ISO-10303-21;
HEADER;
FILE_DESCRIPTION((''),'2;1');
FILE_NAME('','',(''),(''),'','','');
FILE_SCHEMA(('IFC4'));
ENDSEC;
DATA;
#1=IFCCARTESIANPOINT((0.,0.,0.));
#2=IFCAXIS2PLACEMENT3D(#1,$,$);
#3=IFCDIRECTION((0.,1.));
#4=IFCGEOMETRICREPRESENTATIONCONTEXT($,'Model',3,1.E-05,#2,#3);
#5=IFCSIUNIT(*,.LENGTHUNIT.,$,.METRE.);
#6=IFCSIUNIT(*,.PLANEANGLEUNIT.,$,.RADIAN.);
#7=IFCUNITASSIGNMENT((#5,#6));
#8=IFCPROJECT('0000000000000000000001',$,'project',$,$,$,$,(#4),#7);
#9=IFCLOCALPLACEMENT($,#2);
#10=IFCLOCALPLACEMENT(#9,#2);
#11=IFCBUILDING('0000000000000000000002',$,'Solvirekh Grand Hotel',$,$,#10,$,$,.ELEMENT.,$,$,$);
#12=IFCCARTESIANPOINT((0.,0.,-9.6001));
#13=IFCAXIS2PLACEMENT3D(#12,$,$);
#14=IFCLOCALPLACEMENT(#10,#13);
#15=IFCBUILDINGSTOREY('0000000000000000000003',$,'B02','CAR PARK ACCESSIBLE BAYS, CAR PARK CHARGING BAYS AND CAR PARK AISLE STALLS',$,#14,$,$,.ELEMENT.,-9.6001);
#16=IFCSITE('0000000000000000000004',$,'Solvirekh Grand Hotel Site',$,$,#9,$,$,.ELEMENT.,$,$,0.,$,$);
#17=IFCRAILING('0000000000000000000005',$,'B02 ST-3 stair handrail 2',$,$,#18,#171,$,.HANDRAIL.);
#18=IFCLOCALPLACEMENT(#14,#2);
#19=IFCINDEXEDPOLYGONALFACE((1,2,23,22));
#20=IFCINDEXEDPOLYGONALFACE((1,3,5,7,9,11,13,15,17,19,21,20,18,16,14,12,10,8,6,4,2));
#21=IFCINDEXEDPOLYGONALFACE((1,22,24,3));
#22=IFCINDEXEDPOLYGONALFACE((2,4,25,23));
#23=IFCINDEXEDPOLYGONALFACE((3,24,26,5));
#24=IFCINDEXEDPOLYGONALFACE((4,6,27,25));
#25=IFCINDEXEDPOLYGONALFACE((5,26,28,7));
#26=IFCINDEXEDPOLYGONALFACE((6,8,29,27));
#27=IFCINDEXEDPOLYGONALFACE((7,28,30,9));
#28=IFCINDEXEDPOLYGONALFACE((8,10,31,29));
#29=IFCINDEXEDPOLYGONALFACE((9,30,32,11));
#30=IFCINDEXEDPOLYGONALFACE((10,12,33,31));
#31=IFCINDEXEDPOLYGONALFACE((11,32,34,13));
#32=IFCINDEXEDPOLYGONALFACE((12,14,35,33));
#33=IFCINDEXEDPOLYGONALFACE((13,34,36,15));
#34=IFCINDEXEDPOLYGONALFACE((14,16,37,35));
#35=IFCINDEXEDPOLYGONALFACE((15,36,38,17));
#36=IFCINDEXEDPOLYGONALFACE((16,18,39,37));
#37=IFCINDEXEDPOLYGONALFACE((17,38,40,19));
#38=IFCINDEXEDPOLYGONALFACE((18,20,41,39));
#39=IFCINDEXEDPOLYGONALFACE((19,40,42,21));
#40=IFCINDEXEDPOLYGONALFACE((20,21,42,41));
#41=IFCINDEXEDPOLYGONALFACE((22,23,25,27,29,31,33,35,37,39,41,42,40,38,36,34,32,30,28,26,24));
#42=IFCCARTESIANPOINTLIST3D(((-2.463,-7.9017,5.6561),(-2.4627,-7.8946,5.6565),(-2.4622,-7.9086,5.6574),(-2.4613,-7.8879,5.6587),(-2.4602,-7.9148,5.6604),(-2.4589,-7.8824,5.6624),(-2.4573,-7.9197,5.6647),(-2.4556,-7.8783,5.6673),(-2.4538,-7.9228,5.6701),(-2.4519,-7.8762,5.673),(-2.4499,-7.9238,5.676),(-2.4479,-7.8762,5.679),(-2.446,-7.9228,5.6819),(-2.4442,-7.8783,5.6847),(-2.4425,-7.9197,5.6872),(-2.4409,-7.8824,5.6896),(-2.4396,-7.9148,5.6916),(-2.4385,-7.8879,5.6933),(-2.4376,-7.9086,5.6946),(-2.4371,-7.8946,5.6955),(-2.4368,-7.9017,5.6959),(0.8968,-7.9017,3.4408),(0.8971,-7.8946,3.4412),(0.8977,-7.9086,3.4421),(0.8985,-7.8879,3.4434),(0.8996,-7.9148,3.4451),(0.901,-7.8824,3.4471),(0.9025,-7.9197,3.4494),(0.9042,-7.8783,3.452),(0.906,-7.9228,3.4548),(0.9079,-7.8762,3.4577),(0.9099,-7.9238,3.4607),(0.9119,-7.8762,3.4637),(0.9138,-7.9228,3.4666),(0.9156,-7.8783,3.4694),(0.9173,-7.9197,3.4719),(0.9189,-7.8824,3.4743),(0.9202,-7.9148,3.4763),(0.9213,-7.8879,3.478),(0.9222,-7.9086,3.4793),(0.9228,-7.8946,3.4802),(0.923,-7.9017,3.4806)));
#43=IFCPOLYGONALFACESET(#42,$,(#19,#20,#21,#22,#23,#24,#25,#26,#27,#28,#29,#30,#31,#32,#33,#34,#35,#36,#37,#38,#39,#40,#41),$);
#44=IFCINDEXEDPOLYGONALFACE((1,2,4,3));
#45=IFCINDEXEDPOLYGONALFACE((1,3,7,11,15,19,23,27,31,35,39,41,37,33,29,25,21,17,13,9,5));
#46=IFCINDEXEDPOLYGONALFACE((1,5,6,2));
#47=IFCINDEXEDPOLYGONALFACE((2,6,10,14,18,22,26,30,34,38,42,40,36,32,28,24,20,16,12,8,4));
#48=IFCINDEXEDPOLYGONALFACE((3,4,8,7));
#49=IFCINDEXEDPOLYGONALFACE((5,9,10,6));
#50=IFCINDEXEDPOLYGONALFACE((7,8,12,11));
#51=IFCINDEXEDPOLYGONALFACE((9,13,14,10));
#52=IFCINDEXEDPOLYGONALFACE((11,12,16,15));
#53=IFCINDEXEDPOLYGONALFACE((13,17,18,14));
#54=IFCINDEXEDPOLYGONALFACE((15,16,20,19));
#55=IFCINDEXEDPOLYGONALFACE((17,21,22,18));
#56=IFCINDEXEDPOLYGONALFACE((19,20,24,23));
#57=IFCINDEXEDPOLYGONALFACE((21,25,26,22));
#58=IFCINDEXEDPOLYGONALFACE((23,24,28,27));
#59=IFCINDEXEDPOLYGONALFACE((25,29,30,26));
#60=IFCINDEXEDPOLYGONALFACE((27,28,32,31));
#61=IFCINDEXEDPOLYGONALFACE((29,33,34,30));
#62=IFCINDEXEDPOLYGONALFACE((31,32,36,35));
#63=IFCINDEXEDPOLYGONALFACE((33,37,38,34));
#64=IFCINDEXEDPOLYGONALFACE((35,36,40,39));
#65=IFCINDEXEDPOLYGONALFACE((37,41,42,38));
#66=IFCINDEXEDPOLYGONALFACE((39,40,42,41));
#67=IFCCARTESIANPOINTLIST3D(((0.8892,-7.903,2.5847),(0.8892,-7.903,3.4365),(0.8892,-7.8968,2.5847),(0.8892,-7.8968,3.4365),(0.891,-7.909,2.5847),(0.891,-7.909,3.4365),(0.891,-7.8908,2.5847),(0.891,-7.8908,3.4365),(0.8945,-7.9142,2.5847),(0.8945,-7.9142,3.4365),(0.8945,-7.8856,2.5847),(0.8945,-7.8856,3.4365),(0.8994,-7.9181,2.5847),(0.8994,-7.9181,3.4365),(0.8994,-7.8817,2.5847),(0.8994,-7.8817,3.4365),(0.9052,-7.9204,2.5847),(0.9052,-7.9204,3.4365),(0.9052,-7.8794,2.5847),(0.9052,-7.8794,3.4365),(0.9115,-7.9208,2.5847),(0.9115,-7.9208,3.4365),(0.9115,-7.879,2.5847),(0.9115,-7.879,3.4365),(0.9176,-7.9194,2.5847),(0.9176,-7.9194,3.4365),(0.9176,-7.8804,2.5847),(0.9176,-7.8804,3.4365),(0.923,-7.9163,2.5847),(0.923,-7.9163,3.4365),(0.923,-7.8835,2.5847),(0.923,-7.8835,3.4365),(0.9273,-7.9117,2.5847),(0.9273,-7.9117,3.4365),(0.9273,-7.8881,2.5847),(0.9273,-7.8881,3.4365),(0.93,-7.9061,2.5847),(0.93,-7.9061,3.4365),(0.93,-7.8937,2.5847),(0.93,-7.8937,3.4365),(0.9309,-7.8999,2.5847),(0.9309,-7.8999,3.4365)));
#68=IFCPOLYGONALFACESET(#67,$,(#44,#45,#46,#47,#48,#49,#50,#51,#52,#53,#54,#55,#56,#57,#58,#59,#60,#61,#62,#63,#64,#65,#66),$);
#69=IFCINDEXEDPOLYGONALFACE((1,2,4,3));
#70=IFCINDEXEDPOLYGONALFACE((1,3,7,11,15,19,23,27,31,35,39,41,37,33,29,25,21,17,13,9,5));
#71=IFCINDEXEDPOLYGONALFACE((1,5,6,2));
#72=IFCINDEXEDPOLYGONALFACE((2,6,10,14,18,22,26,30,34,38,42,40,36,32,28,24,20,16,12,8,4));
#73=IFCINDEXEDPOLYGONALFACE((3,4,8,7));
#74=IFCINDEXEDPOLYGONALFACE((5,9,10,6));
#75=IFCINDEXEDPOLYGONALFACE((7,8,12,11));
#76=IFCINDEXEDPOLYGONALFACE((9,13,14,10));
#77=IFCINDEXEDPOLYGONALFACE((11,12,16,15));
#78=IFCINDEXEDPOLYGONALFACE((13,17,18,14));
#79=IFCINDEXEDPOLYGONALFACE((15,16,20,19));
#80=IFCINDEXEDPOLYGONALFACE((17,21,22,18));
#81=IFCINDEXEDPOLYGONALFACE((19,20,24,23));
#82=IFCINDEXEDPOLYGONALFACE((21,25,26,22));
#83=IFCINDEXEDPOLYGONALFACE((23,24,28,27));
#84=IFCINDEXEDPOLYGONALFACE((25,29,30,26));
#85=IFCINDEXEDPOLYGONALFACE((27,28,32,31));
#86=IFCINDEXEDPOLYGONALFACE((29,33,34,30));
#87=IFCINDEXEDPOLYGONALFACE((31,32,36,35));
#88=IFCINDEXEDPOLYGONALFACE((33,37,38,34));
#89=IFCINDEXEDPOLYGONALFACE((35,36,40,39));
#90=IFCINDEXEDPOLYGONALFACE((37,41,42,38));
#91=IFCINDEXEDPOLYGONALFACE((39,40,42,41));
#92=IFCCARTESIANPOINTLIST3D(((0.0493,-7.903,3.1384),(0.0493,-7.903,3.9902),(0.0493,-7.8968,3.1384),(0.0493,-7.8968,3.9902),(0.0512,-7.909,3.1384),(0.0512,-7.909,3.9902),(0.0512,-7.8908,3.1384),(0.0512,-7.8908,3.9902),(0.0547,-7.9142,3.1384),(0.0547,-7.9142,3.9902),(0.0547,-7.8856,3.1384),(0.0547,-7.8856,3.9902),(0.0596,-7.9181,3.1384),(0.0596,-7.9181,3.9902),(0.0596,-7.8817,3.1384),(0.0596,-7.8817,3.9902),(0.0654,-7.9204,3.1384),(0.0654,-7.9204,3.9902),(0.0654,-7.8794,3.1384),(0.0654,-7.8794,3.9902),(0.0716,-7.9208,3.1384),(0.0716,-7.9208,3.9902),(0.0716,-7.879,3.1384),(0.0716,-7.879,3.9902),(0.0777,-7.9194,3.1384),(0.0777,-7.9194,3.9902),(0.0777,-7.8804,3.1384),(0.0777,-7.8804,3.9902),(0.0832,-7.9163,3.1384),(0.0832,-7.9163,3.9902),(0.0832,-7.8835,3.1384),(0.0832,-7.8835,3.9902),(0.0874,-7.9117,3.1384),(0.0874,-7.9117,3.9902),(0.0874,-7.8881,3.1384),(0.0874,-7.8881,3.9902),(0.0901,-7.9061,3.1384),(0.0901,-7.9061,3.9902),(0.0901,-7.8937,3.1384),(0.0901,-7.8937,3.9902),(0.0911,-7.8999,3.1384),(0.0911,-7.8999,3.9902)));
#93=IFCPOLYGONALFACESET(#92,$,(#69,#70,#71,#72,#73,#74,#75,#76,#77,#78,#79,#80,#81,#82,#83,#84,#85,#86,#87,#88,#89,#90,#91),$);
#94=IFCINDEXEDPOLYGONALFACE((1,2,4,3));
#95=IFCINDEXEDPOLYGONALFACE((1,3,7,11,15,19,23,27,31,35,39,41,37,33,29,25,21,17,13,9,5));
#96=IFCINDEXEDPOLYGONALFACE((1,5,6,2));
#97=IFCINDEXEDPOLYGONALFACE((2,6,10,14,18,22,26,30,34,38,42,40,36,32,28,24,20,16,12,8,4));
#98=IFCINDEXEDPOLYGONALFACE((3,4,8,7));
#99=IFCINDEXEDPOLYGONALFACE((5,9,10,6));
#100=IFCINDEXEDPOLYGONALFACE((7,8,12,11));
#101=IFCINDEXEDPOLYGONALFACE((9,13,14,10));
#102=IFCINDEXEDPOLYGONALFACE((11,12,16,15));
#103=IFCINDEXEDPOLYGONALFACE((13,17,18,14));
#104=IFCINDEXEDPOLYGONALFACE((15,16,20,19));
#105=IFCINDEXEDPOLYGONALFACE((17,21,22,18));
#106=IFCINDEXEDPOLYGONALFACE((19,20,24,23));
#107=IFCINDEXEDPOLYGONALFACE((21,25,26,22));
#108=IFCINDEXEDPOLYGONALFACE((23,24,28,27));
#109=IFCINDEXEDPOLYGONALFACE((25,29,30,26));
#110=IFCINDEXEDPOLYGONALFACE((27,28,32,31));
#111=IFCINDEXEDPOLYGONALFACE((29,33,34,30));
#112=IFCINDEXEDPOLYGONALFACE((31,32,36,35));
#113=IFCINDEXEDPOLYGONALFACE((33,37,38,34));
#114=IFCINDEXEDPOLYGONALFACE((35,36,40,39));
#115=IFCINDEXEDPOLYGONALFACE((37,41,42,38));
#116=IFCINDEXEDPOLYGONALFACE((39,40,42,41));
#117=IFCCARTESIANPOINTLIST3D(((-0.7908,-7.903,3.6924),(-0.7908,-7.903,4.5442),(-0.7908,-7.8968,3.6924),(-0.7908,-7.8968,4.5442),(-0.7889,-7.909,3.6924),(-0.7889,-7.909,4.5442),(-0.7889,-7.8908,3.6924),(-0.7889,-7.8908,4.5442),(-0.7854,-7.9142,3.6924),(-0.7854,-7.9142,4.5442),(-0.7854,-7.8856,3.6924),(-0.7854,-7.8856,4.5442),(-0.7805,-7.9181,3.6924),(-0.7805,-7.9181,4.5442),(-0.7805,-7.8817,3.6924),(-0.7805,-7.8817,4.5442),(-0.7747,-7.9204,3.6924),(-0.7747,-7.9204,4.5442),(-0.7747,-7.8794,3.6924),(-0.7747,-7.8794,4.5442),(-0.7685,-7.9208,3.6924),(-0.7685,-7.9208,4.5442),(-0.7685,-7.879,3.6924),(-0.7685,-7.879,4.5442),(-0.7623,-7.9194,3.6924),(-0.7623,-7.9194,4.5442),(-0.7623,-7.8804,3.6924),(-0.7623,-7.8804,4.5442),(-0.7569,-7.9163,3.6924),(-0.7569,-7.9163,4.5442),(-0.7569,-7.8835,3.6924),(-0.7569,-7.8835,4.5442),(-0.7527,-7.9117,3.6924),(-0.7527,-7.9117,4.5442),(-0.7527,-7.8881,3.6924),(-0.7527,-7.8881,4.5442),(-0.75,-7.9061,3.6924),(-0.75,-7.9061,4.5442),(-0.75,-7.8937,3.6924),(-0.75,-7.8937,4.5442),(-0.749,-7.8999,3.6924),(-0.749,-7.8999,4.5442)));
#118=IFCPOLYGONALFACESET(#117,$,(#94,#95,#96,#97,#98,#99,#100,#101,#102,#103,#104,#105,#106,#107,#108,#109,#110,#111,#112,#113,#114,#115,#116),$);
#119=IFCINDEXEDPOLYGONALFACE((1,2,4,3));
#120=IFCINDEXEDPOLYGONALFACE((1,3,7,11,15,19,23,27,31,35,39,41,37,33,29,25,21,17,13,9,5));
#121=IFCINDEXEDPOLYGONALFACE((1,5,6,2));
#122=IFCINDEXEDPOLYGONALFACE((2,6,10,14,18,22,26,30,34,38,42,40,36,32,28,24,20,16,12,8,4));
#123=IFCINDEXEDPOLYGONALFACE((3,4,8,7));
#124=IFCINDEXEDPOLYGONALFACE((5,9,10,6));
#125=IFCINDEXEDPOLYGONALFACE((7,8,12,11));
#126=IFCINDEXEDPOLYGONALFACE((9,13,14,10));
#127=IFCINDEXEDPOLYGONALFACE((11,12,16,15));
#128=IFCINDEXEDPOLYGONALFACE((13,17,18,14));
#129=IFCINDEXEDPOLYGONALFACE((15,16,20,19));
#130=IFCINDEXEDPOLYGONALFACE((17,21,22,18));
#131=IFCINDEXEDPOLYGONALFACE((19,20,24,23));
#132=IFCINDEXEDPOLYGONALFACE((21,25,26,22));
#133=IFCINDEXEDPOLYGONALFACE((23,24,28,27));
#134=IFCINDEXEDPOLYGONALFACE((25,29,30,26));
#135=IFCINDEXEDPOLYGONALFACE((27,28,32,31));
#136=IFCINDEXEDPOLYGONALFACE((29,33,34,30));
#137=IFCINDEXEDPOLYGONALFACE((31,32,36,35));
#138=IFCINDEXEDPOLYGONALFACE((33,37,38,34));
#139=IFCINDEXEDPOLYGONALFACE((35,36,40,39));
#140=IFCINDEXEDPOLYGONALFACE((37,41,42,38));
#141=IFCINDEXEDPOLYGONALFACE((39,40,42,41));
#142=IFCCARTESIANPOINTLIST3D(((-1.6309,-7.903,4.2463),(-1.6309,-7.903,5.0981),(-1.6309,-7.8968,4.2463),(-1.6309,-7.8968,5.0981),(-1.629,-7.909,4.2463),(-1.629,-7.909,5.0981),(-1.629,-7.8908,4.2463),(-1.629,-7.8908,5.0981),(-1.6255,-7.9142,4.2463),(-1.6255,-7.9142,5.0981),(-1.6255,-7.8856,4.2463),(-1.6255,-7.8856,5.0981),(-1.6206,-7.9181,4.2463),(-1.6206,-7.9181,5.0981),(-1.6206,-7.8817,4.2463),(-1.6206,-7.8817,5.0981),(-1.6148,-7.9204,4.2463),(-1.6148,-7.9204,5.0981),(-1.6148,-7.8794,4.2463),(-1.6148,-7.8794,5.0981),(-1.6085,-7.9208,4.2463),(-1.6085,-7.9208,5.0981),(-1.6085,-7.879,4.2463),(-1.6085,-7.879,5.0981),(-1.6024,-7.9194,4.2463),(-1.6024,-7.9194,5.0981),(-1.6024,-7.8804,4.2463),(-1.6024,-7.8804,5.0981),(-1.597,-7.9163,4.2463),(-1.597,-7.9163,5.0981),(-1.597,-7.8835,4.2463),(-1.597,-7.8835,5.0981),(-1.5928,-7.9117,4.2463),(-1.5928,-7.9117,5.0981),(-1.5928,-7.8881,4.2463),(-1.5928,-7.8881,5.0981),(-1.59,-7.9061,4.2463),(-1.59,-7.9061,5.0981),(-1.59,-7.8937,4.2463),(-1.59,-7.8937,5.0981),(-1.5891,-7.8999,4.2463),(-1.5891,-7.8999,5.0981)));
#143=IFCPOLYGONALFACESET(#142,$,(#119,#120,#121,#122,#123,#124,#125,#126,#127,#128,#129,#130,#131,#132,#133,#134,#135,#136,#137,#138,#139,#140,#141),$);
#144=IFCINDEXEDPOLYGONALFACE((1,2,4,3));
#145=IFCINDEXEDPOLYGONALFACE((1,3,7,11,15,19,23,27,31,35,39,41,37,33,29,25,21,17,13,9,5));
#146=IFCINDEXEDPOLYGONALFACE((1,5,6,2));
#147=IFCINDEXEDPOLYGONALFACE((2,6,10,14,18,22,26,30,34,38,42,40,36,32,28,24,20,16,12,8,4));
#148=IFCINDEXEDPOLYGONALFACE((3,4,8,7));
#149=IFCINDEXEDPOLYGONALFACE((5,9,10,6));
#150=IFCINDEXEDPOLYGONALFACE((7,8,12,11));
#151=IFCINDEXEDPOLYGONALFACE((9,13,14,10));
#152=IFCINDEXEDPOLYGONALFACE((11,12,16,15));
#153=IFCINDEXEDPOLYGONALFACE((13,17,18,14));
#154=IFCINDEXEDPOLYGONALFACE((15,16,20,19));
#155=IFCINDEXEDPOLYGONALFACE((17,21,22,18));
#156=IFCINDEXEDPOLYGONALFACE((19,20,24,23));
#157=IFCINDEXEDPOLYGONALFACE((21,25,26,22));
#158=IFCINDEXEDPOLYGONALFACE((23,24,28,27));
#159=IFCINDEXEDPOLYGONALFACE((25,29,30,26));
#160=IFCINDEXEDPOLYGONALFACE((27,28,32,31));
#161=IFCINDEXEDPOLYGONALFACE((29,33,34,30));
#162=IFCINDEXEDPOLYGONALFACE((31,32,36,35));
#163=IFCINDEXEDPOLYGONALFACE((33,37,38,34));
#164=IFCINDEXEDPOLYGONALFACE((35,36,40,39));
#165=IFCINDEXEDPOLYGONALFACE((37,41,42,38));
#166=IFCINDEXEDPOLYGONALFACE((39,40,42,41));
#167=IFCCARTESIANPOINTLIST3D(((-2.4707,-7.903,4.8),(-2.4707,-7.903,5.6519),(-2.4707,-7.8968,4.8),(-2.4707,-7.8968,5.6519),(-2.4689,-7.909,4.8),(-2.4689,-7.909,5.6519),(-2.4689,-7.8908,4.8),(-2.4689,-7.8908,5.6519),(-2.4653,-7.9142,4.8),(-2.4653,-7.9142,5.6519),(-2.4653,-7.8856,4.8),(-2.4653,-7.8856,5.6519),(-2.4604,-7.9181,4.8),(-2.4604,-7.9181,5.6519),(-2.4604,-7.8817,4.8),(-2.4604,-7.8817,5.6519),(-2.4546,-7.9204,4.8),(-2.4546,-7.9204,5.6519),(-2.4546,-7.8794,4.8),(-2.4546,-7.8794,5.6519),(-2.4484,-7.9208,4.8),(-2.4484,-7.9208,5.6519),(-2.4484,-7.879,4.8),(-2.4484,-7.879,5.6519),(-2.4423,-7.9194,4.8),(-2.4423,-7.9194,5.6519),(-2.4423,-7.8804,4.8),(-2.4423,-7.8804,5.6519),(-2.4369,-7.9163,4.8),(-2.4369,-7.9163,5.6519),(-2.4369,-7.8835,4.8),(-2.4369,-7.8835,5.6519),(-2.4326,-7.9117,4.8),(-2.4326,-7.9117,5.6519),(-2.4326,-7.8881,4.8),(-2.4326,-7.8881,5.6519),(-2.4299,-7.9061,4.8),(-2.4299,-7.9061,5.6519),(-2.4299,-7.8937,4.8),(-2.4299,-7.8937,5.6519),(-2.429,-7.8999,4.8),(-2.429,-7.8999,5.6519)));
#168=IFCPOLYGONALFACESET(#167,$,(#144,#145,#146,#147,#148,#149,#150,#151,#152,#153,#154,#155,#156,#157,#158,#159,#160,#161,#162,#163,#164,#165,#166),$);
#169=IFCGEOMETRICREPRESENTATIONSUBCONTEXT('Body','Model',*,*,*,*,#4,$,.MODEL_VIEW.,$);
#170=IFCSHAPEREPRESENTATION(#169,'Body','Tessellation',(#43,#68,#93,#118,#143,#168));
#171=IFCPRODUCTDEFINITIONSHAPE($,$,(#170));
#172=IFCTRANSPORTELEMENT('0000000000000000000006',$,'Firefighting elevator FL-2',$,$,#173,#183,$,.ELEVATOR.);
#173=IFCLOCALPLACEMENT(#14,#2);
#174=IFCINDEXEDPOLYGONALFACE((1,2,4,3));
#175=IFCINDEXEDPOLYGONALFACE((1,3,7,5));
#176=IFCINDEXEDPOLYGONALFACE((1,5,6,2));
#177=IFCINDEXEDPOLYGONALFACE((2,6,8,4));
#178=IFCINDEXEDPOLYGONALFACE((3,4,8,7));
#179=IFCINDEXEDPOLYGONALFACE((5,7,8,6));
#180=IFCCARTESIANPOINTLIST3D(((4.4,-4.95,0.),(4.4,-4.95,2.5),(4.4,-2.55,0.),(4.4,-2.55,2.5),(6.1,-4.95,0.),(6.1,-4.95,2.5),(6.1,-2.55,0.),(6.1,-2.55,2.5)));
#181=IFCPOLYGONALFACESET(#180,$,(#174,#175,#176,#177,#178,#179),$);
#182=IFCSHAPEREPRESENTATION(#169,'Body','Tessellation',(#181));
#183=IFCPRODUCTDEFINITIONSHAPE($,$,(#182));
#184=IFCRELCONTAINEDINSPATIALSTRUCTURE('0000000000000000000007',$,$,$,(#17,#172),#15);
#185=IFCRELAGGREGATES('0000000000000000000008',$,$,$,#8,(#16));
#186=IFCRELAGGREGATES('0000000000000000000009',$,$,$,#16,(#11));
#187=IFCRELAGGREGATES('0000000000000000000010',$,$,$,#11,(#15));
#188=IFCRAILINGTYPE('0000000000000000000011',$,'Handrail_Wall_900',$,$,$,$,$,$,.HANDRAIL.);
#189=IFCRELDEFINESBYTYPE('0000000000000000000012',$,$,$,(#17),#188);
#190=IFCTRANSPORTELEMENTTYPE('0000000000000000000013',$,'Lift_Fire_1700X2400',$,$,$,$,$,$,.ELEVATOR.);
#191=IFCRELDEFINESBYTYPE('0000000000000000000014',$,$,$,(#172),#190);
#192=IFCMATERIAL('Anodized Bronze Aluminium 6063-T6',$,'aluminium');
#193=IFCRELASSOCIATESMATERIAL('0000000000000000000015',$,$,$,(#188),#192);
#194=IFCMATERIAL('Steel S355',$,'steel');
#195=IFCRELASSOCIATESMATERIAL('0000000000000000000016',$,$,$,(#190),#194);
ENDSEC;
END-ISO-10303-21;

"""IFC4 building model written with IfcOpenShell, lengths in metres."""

from ifc_helpers import new_model, si_unit, direction, frame, origin, origin_2d, place, context, subcontext, project, spatial, rectangle, circle, extrude, material, type_object, element, save


model = new_model("IFC4")

# Units and contexts
model_context = context("Model", 3, precision=1e-05, world=origin(), true_north=direction((0.0, 1.0)))
body_context = subcontext(model_context, "Body", "Model", "MODEL_VIEW")
ifc_project = project(units=[si_unit("LENGTHUNIT", "METRE"), si_unit("PLANEANGLEUNIT", "RADIAN")], contexts=[model_context])

# Site, building, storey
site_placement = place(None, origin())
site = spatial("IfcSite", under=ifc_project, at=site_placement, Name="Solvirekh Grand Hotel Site", CompositionType="ELEMENT", RefElevation=0.0)
building_placement = place(site_placement, origin())
building = spatial("IfcBuilding", under=site, at=building_placement, Name="Solvirekh Grand Hotel", CompositionType="ELEMENT")
storey_placement = place(building_placement, frame((0.0, 0.0, -9.6001)))
storey = spatial("IfcBuildingStorey", under=building, at=storey_placement, Name="B02", Description="CAR PARK ACCESSIBLE BAYS, CAR PARK CHARGING BAYS AND CAR PARK AISLE STALLS", CompositionType="ELEMENT", Elevation=-9.6001)

# Shared definitions
ifc_material_1 = material(Name="Steel S355", Category="steel")

# Railing
ifc_material_2 = material(Name="Anodized Bronze Aluminium 6063-T6", Category="aluminium")
railing_type_1 = type_object("IfcRailingType", Name="Handrail_Wall_900", PredefinedType="HANDRAIL", material=ifc_material_2)
for number, where, name in (
    (1, (0.9099, -7.8999, 2.5847), "B02 ST-3 stair handrail 2"),
):
    element("IfcRailing", number, at=place(storey_placement, frame(where)), inside=storey, type_object=railing_type_1, Name=name, PredefinedType="HANDRAIL", context=body_context, shape_type="SweptSolid", body=[
        extrude(circle(Radius=0.0239, at=origin_2d()), frame((0.0, 0.0, 0.876), z_axis=(-0.834858, 0.0, 0.550465), x_axis=(0.0, -1.0, 0.0)), (0.0, 0.0, 1.0), 4.0244),
        extrude(circle(Radius=0.021, at=origin_2d()), origin(), (0.0, 0.0, 1.0), 0.8518),
        extrude(circle(Radius=0.021, at=origin_2d()), frame((-0.8398, 0.0, 0.5537)), (0.0, 0.0, 1.0), 0.8518),
        extrude(circle(Radius=0.021, at=origin_2d()), frame((-1.6799, 0.0, 1.1077)), (0.0, 0.0, 1.0), 0.8518),
        extrude(circle(Radius=0.021, at=origin_2d()), frame((-2.52, 0.0, 1.6616)), (0.0, 0.0, 1.0), 0.8518),
        extrude(circle(Radius=0.021, at=origin_2d()), frame((-3.3599, 0.0, 2.2153)), (0.0, 0.0, 1.0), 0.8518),
    ])

# Transport element
transport_element_type = type_object("IfcTransportElementType", Name="Lift_Fire_1700X2400", PredefinedType="ELEVATOR", material=ifc_material_1)
transport_element_placement = place(storey_placement, frame((5.25, -3.75, 0.0), z_axis=(0.0, 0.0, 1.0), x_axis=(1.0, 0.0, 0.0)))
element("IfcTransportElement", 2, at=transport_element_placement, inside=storey, type_object=transport_element_type, Name="Firefighting elevator FL-2", PredefinedType="ELEVATOR", context=body_context, shape_type="SweptSolid", body=[
    extrude(rectangle(XDim=1.7, YDim=2.3999, at=origin_2d()), origin(), (0.0, 0.0, 1.0), 2.5),
])

save(model, "model.ifc")
